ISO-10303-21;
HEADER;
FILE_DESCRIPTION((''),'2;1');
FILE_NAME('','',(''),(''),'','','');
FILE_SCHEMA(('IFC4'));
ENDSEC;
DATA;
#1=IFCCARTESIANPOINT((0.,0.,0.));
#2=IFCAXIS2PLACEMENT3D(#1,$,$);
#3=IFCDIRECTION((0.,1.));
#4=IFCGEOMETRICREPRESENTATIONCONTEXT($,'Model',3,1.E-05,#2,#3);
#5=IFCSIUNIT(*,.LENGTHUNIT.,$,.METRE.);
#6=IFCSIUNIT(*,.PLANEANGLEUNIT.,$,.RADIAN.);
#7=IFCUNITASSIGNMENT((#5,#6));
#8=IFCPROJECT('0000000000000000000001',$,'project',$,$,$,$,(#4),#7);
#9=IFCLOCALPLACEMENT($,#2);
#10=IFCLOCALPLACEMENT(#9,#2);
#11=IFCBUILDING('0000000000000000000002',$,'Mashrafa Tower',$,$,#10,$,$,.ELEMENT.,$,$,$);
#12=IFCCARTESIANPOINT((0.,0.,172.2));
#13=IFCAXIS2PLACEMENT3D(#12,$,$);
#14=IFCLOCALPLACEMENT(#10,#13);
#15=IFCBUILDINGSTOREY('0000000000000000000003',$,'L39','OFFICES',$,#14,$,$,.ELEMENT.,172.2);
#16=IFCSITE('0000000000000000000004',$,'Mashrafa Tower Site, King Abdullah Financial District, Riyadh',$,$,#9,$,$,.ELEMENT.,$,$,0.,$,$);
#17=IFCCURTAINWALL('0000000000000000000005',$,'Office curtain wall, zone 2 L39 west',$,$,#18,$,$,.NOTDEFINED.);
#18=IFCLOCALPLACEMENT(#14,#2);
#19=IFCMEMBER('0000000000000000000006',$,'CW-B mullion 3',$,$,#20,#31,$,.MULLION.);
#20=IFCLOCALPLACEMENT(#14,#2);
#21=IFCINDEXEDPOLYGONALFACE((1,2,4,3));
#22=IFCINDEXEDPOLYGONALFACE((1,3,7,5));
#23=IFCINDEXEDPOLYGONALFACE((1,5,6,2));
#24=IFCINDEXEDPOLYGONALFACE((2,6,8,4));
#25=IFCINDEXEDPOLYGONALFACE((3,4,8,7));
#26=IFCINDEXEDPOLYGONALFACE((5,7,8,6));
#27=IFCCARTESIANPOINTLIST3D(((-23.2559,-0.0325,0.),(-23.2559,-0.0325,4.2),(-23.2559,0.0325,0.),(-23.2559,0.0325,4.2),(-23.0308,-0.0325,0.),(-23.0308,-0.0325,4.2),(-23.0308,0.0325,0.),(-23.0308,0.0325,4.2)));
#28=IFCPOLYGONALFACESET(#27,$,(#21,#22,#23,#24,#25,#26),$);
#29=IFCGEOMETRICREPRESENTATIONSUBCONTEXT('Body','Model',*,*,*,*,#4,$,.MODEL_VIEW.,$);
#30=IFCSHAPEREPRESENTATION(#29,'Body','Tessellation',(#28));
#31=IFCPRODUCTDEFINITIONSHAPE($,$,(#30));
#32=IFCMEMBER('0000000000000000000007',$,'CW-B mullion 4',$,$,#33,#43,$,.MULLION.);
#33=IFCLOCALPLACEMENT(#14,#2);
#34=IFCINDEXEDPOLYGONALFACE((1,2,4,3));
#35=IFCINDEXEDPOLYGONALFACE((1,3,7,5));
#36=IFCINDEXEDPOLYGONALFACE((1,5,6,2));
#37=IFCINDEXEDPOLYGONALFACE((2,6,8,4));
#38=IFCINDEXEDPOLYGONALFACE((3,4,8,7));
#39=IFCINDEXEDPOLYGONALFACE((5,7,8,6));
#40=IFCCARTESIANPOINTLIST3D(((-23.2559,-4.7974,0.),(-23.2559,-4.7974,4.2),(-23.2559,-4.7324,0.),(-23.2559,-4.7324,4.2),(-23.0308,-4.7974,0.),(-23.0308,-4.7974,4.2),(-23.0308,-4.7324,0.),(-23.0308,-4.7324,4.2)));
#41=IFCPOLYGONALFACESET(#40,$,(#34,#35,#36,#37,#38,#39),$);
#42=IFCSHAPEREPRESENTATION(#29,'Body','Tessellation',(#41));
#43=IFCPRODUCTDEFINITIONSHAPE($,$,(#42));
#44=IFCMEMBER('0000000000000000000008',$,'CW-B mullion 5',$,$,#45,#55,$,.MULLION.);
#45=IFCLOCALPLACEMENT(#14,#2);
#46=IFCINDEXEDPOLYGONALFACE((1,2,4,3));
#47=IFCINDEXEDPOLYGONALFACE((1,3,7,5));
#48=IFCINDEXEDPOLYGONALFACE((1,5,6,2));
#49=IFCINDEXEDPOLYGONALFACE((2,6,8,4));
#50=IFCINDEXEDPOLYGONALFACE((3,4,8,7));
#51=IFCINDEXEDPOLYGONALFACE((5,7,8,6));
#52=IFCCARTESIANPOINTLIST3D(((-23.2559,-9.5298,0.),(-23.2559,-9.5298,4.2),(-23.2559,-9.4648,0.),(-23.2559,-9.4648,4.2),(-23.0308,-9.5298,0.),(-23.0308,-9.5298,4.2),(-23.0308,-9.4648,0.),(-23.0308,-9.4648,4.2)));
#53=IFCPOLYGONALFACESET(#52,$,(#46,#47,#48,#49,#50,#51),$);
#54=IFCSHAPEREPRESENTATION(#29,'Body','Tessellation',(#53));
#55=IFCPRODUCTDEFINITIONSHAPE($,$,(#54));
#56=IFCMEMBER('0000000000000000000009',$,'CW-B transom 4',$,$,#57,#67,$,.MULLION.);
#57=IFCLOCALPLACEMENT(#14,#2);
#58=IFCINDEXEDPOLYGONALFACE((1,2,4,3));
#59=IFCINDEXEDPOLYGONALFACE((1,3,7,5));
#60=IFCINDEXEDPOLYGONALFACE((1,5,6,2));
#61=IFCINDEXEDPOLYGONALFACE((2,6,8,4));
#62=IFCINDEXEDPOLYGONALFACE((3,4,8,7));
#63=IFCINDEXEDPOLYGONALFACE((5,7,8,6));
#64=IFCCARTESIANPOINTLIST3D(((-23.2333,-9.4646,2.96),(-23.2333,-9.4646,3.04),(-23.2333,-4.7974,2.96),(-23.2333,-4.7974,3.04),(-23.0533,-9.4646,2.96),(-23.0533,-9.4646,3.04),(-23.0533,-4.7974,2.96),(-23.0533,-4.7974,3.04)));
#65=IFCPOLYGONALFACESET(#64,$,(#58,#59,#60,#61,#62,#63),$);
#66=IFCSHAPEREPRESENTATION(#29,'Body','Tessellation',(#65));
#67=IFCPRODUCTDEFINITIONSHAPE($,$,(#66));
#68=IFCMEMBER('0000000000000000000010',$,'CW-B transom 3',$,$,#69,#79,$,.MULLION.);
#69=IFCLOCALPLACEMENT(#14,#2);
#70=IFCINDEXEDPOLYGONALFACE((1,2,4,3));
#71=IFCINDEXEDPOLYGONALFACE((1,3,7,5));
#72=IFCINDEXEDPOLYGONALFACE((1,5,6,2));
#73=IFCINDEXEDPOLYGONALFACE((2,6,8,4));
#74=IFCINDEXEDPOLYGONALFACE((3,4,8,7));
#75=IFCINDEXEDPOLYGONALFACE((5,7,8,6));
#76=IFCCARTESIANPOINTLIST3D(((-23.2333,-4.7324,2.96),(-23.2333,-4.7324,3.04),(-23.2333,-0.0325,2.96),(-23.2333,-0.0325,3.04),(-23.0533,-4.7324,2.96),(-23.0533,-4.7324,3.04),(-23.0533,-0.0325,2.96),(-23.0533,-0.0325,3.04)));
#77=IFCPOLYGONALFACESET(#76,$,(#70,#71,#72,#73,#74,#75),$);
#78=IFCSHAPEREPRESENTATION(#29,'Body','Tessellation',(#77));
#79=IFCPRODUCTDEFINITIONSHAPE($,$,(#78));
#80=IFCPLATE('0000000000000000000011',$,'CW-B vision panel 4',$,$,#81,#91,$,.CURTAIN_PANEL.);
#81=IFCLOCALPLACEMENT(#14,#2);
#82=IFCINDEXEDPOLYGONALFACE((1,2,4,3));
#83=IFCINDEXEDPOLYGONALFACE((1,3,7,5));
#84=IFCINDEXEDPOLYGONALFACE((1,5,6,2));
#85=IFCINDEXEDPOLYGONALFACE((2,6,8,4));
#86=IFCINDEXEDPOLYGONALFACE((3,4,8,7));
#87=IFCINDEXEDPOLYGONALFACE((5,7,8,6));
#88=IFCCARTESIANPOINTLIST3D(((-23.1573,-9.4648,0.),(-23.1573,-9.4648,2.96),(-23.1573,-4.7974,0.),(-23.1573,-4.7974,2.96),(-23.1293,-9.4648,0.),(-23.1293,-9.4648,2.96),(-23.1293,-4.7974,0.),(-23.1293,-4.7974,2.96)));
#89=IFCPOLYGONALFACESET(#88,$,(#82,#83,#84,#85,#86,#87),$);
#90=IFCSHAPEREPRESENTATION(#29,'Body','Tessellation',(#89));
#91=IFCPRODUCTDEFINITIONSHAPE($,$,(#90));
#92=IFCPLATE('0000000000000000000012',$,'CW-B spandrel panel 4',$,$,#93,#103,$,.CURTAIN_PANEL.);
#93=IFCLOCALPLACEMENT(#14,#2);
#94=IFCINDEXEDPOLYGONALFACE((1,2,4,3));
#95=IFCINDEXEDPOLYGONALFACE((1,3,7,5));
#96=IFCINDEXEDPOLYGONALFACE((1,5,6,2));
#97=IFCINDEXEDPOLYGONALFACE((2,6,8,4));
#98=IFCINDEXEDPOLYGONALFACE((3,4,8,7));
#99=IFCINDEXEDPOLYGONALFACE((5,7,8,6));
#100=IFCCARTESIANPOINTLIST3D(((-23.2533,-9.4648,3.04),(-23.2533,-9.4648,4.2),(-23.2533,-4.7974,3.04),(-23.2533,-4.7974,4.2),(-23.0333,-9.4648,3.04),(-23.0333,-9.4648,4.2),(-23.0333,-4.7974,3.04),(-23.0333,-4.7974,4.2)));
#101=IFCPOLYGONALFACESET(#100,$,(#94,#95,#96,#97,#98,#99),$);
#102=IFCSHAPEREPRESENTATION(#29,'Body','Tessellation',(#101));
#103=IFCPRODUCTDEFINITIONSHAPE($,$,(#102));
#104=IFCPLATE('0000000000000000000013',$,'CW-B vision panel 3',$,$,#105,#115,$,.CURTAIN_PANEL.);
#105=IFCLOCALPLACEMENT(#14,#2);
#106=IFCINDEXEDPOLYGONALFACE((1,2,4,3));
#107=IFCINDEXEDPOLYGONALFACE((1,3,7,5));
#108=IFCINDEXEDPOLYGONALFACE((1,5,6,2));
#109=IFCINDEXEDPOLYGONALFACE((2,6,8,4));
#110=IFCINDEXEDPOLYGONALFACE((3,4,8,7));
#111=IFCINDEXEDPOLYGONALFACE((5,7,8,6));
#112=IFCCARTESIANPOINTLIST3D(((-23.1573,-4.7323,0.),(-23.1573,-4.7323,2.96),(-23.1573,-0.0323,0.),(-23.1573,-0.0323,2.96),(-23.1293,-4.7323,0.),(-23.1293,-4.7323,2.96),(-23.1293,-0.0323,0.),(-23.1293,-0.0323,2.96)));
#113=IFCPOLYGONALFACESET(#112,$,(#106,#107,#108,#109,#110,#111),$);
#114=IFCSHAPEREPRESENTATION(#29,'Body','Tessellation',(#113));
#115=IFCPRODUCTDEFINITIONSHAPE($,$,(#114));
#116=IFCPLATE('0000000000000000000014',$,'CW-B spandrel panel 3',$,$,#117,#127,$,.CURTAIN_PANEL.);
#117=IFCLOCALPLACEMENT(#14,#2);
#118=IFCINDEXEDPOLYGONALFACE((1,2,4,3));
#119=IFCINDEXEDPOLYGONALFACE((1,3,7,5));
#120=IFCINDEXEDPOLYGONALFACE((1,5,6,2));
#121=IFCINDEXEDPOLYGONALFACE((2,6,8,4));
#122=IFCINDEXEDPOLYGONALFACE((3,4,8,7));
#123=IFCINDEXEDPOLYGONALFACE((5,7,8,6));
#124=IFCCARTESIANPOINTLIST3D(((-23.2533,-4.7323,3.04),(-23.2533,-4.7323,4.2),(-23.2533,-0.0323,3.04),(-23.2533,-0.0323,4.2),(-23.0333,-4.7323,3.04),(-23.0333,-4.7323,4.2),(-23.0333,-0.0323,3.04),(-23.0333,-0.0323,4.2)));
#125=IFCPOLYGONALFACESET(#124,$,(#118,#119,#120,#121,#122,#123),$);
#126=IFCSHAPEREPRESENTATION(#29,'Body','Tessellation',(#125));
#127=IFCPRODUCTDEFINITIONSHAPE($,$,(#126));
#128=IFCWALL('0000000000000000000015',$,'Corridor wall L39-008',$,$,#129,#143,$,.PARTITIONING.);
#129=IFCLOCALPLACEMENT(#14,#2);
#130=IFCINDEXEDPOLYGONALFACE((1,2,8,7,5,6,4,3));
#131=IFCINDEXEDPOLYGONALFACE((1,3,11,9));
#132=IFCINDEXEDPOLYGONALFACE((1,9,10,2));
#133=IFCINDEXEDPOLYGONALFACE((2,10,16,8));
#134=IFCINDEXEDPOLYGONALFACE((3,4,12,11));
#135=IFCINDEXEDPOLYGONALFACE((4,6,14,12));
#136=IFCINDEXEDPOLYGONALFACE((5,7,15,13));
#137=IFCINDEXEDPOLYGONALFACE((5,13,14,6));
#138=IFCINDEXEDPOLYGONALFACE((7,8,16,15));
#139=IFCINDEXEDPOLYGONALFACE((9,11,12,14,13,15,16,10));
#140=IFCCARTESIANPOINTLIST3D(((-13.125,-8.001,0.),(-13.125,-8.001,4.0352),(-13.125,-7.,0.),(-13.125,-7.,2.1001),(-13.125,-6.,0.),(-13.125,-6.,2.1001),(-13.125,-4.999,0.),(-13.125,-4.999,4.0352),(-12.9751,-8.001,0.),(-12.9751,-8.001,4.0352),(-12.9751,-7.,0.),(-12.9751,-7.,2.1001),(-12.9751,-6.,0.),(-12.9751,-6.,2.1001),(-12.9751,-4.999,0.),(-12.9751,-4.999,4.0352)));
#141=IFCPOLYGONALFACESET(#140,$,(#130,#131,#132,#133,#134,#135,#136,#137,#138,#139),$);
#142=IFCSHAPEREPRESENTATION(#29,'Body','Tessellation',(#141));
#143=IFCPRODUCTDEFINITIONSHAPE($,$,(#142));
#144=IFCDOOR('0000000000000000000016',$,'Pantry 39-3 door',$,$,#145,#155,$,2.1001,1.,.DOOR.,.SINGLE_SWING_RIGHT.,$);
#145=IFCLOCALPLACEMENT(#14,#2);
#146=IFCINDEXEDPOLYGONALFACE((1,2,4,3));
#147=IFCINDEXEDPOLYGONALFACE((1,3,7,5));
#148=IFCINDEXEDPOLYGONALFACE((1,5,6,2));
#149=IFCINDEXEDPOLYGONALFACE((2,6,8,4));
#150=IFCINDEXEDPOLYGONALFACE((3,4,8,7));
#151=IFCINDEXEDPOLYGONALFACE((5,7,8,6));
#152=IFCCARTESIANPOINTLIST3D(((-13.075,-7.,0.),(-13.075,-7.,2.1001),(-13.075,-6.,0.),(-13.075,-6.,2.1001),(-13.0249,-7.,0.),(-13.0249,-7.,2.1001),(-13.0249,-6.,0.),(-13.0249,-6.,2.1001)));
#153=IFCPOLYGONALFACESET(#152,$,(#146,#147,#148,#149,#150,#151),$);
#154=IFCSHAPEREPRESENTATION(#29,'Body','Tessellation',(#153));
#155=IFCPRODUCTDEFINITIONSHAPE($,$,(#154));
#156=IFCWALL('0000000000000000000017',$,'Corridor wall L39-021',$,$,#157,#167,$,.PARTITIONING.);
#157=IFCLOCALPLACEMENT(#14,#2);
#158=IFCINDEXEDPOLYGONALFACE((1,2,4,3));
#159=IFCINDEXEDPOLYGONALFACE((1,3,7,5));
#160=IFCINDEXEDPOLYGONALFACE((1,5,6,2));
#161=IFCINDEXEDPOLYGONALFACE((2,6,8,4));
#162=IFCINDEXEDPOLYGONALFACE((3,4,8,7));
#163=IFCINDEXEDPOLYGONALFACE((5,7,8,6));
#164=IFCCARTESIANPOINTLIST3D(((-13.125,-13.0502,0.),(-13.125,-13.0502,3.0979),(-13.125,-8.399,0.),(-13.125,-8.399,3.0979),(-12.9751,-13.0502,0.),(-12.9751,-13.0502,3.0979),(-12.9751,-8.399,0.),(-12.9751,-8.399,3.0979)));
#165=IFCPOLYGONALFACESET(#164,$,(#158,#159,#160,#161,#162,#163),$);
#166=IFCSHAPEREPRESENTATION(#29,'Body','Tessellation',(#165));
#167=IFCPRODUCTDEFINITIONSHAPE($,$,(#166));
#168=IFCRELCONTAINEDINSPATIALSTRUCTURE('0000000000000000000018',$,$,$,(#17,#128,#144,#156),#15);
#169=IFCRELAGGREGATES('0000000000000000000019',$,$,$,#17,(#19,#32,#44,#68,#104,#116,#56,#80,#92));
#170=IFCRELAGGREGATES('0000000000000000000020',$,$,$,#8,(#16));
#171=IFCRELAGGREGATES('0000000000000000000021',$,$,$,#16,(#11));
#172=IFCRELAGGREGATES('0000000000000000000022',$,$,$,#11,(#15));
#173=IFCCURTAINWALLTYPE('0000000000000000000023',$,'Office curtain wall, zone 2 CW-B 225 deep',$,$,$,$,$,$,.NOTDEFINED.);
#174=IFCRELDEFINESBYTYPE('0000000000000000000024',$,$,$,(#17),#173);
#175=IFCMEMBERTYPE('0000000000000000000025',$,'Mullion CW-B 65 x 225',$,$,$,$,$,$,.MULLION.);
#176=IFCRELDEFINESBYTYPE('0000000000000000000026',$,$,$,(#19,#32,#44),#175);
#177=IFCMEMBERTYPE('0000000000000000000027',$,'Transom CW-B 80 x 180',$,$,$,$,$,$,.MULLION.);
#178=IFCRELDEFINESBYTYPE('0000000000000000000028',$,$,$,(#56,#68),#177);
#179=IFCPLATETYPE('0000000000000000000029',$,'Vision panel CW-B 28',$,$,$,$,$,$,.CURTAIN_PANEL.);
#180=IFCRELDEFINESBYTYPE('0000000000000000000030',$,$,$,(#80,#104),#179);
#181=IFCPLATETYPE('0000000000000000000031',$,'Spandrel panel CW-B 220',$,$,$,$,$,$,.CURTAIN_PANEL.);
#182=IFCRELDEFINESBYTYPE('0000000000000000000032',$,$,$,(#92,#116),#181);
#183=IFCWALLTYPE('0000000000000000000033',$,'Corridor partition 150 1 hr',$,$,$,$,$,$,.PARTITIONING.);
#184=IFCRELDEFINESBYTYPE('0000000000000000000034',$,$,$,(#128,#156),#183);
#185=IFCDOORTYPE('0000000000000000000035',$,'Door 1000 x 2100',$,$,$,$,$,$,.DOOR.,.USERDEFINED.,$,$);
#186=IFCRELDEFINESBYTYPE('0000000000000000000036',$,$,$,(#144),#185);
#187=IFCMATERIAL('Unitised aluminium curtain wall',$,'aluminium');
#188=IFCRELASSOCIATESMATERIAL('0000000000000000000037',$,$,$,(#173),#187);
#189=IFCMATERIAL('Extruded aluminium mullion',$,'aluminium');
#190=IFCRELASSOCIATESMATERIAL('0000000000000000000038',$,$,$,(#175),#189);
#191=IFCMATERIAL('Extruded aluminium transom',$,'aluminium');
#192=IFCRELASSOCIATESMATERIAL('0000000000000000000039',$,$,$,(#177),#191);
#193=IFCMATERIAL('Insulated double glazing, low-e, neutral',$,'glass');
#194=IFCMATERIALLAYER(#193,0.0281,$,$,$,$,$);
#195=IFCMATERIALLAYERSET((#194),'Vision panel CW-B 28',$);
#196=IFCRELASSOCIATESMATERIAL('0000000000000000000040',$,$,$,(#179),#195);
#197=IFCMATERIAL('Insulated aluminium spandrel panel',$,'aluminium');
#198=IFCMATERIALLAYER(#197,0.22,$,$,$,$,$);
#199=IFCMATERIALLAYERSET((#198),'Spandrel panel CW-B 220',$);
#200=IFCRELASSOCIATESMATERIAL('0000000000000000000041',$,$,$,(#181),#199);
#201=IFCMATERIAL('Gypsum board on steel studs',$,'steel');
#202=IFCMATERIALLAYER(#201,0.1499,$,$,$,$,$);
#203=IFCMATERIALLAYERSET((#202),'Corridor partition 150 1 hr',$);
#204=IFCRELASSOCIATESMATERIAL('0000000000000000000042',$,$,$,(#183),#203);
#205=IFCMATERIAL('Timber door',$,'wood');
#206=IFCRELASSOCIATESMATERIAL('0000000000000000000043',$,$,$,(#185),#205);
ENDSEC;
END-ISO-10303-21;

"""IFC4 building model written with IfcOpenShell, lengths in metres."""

from ifc_helpers import new_model, si_unit, direction, frame, frame_2d, origin, origin_2d, place, context, subcontext, project, spatial, rectangle, extrude, source, transform, mapped, material, layer, layer_set, material_profile, profile_set, type_object, type_shapes, element, fill, aggregate, save


model = new_model("IFC4")

# Units and contexts
model_context = context("Model", 3, precision=1e-05, world=origin(), true_north=direction((0.0, 1.0)))
body_context = subcontext(model_context, "Body", "Model", "MODEL_VIEW")
ifc_project = project(units=[si_unit("LENGTHUNIT", "METRE"), si_unit("PLANEANGLEUNIT", "RADIAN")], contexts=[model_context])

# Site, building, storey
site_placement = place(None, origin())
site = spatial("IfcSite", under=ifc_project, at=site_placement, Name="Mashrafa Tower Site, King Abdullah Financial District, Riyadh", CompositionType="ELEMENT", RefElevation=0.0)
building_placement = place(site_placement, origin())
building = spatial("IfcBuilding", under=site, at=building_placement, Name="Mashrafa Tower", CompositionType="ELEMENT")
storey_placement = place(building_placement, frame((0.0, 0.0, 172.2)))
storey = spatial("IfcBuildingStorey", under=building, at=storey_placement, Name="L39", Description="OFFICES", CompositionType="ELEMENT", Elevation=172.2)

# Curtain wall, members, plates
ifc_material_1 = material(Name="Unitised aluminium curtain wall", Category="aluminium")
curtain_wall_type = type_object("IfcCurtainWallType", Name="Office curtain wall, zone 2 CW-B 225 deep", PredefinedType="NOTDEFINED", material=ifc_material_1)
curtain_wall_placement = place(storey_placement, origin())
curtain_wall = element("IfcCurtainWall", 1, at=curtain_wall_placement, inside=storey, type_object=curtain_wall_type, Name="Office curtain wall, zone 2 L39 west", PredefinedType="NOTDEFINED")
ifc_material_2 = material(Name="Extruded aluminium mullion", Category="aluminium")
ifc_material_profile_1 = material_profile(ifc_material_2, rectangle(XDim=0.2251, YDim=0.0649, at=origin_2d()), Name="Mullion 65x225")
ifc_profile_set_1 = profile_set([ifc_material_profile_1], Name="Extruded aluminium mullion")
member_type_1 = type_object("IfcMemberType", Name="Mullion CW-B 65 x 225", PredefinedType="MULLION", material=ifc_profile_set_1)
shared_shape_1 = source(origin(), body_context, "Body", "SweptSolid", [
    extrude(rectangle(XDim=0.2251, YDim=0.0649, at=origin_2d()), origin(), (0.0, 0.0, 1.0), 4.2),
])
type_shapes(member_type_1, [shared_shape_1])
member_1_placement = place(storey_placement, frame((-23.1433, 0.0, 0.0), z_axis=(0.0, 0.0, 1.0), x_axis=(1.0, 0.0, 0.0)))
member_1 = element("IfcMember", 2, at=member_1_placement, type_object=member_type_1, Name="CW-B mullion 3", PredefinedType="MULLION", context=body_context, shape_type="MappedRepresentation", body=[
    mapped(shared_shape_1, transform((0.0, 0.0, 0.0))),
])
member_2_placement = place(storey_placement, frame((-23.1433, -4.7649, 0.0), z_axis=(0.0, 0.0, 1.0), x_axis=(1.0, 0.0, 0.0)))
member_2 = element("IfcMember", 3, at=member_2_placement, type_object=member_type_1, Name="CW-B mullion 4", PredefinedType="MULLION", context=body_context, shape_type="MappedRepresentation", body=[
    mapped(shared_shape_1, transform((0.0, 0.0, 0.0))),
])
member_3_placement = place(storey_placement, frame((-23.1433, -9.4973, 0.0), z_axis=(0.0, 0.0, 1.0), x_axis=(1.0, 0.0, 0.0)))
member_3 = element("IfcMember", 4, at=member_3_placement, type_object=member_type_1, Name="CW-B mullion 5", PredefinedType="MULLION", context=body_context, shape_type="MappedRepresentation", body=[
    mapped(shared_shape_1, transform((0.0, 0.0, 0.0))),
])
ifc_material_3 = material(Name="Extruded aluminium transom", Category="aluminium")
ifc_material_profile_2 = material_profile(ifc_material_3, rectangle(XDim=0.1799, YDim=0.0801, at=origin_2d()), Name="Transom 80x180")
ifc_profile_set_2 = profile_set([ifc_material_profile_2], Name="Extruded aluminium transom")
member_type_2 = type_object("IfcMemberType", Name="Transom CW-B 80 x 180", PredefinedType="MULLION", material=ifc_profile_set_2)
shared_shape_2 = source(origin(), body_context, "Body", "SweptSolid", [
    extrude(rectangle(XDim=0.1799, YDim=0.0801, at=origin_2d()), origin(), (0.0, 0.0, 1.0), 4.6672),
])
member_4_placement = place(storey_placement, frame((-23.1433, -4.7974, 3.0), z_axis=(0.0, -1.0, 0.0), x_axis=(1.0, 0.0, 0.0)))
member_4 = element("IfcMember", 5, at=member_4_placement, type_object=member_type_2, Name="CW-B transom 4", PredefinedType="MULLION", context=body_context, shape_type="MappedRepresentation", body=[
    mapped(shared_shape_2, transform((0.0, 0.0, 0.0))),
])
shared_shape_3 = source(origin(), body_context, "Body", "SweptSolid", [
    extrude(rectangle(XDim=0.1799, YDim=0.0801, at=origin_2d()), origin(), (0.0, 0.0, 1.0), 4.7),
])
type_shapes(member_type_2, [shared_shape_2, shared_shape_3])
member_5_placement = place(storey_placement, frame((-23.1433, -0.0325, 3.0), z_axis=(0.0, -1.0, 0.0), x_axis=(1.0, 0.0, 0.0)))
member_5 = element("IfcMember", 6, at=member_5_placement, type_object=member_type_2, Name="CW-B transom 3", PredefinedType="MULLION", context=body_context, shape_type="MappedRepresentation", body=[
    mapped(shared_shape_3, transform((0.0, 0.0, 0.0))),
])
ifc_material_4 = material(Name="Insulated double glazing, low-e, neutral", Category="glass")
ifc_layer_1 = layer(ifc_material_4, 0.0281)
ifc_layer_set_1 = layer_set([ifc_layer_1], Name="Vision panel CW-B 28")
plate_type_1 = type_object("IfcPlateType", Name="Vision panel CW-B 28", PredefinedType="CURTAIN_PANEL", material=ifc_layer_set_1)
shared_shape_4 = source(origin(), body_context, "Body", "SweptSolid", [
    extrude(rectangle(XDim=4.6675, YDim=0.0281, at=origin_2d()), origin(), (0.0, 0.0, 1.0), 2.96),
])
plate_1_placement = place(storey_placement, frame((-23.1433, -7.1311, 0.0), z_axis=(0.0, 0.0, 1.0), x_axis=(0.0, -1.0, 0.0)))
plate_1 = element("IfcPlate", 7, at=plate_1_placement, type_object=plate_type_1, Name="CW-B vision panel 4", PredefinedType="CURTAIN_PANEL", context=body_context, shape_type="MappedRepresentation", body=[
    mapped(shared_shape_4, transform((0.0, 0.0, 0.0))),
])
ifc_material_5 = material(Name="Insulated aluminium spandrel panel", Category="aluminium")
ifc_layer_2 = layer(ifc_material_5, 0.22)
ifc_layer_set_2 = layer_set([ifc_layer_2], Name="Spandrel panel CW-B 220")
plate_type_2 = type_object("IfcPlateType", Name="Spandrel panel CW-B 220", PredefinedType="CURTAIN_PANEL", material=ifc_layer_set_2)
shared_shape_5 = source(origin(), body_context, "Body", "SweptSolid", [
    extrude(rectangle(XDim=4.6675, YDim=0.22, at=origin_2d()), origin(), (0.0, 0.0, 1.0), 1.1599),
])
plate_2_placement = place(storey_placement, frame((-23.1433, -7.1311, 3.04), z_axis=(0.0, 0.0, 1.0), x_axis=(0.0, -1.0, 0.0)))
plate_2 = element("IfcPlate", 8, at=plate_2_placement, type_object=plate_type_2, Name="CW-B spandrel panel 4", PredefinedType="CURTAIN_PANEL", context=body_context, shape_type="MappedRepresentation", body=[
    mapped(shared_shape_5, transform((0.0, 0.0, 0.0))),
])
shared_shape_6 = source(origin(), body_context, "Body", "SweptSolid", [
    extrude(rectangle(XDim=4.7, YDim=0.0281, at=origin_2d()), origin(), (0.0, 0.0, 1.0), 2.96),
])
type_shapes(plate_type_1, [shared_shape_4, shared_shape_6])
plate_3_placement = place(storey_placement, frame((-23.1433, -2.3823, 0.0), z_axis=(0.0, 0.0, 1.0), x_axis=(0.0, -1.0, 0.0)))
plate_3 = element("IfcPlate", 9, at=plate_3_placement, type_object=plate_type_1, Name="CW-B vision panel 3", PredefinedType="CURTAIN_PANEL", context=body_context, shape_type="MappedRepresentation", body=[
    mapped(shared_shape_6, transform((0.0, 0.0, 0.0))),
])
shared_shape_7 = source(origin(), body_context, "Body", "SweptSolid", [
    extrude(rectangle(XDim=4.7, YDim=0.22, at=origin_2d()), origin(), (0.0, 0.0, 1.0), 1.1599),
])
type_shapes(plate_type_2, [shared_shape_5, shared_shape_7])
plate_4_placement = place(storey_placement, frame((-23.1433, -2.3823, 3.04), z_axis=(0.0, 0.0, 1.0), x_axis=(0.0, -1.0, 0.0)))
plate_4 = element("IfcPlate", 10, at=plate_4_placement, type_object=plate_type_2, Name="CW-B spandrel panel 3", PredefinedType="CURTAIN_PANEL", context=body_context, shape_type="MappedRepresentation", body=[
    mapped(shared_shape_7, transform((0.0, 0.0, 0.0))),
])
aggregate(curtain_wall, [member_1, member_2, member_3, member_5, plate_3, plate_4, member_4, plate_1, plate_2])

# Wall, opening, door
ifc_material_6 = material(Name="Gypsum board on steel studs", Category="steel")
ifc_layer_3 = layer(ifc_material_6, 0.1499)
ifc_layer_set_3 = layer_set([ifc_layer_3], Name="Corridor partition 150 1 hr")
wall_type_1 = type_object("IfcWallType", Name="Corridor partition 150 1 hr", PredefinedType="PARTITIONING", material=ifc_layer_set_3)
wall_1_placement = place(storey_placement, frame((-13.05, -4.999, 0.0), z_axis=(0.0, 0.0, 1.0), x_axis=(0.0, -1.0, 0.0)))
wall_1 = element("IfcWall", 11, at=wall_1_placement, inside=storey, type_object=wall_type_1, Name="Corridor wall L39-008", PredefinedType="PARTITIONING", context=body_context, shape_type="SweptSolid", body=[
    extrude(rectangle(XDim=3.002, YDim=0.1499, at=frame_2d((1.501, 0.0))), origin(), (0.0, 0.0, 1.0), 4.0352),
])
opening_1_placement = place(wall_1_placement, frame((1.001, 0.0, 0.0)))
opening_1 = element("IfcOpeningElement", 12, at=opening_1_placement, cuts=wall_1, PredefinedType="OPENING", context=body_context, shape_type="SweptSolid", body=[
    extrude(rectangle(XDim=1.0, YDim=2.1001, at=frame_2d((0.5, 1.05))), frame((0.0, 0.085, 0.0), z_axis=(0.0, -1.0, 0.0), x_axis=(1.0, 0.0, 0.0)), (0.0, 0.0, 1.0), 0.1699),
])
ifc_material_7 = material(Name="Timber door", Category="wood")
door_type_1 = type_object("IfcDoorType", Name="Door 1000 x 2100", OperationType="USERDEFINED", PredefinedType="DOOR", material=ifc_material_7)
door_1_placement = place(opening_1_placement, frame((1.0, 0.0, 0.0), z_axis=(0.0, 0.0, 1.0), x_axis=(-1.0, 0.0, 0.0)))
door_1 = element("IfcDoor", 13, at=door_1_placement, inside=storey, type_object=door_type_1, Name="Pantry 39-3 door", OperationType="SINGLE_SWING_RIGHT", OverallHeight=2.1001, OverallWidth=1.0, PredefinedType="DOOR", context=body_context, shape_type="SweptSolid", body=[
    extrude(rectangle(XDim=1.0, YDim=2.1001, at=frame_2d((0.5, 1.05))), frame((0.0, 0.0249, 0.0), z_axis=(0.0, -1.0, 0.0), x_axis=(1.0, 0.0, 0.0)), (0.0, 0.0, 1.0), 0.05),
])
fill(opening_1, door_1)

# Wall
wall_2_placement = place(storey_placement, frame((-13.05, -8.3989, 0.0), z_axis=(0.0, 0.0, 1.0), x_axis=(0.0, -1.0, 0.0)))
element("IfcWall", 14, at=wall_2_placement, inside=storey, type_object=wall_type_1, Name="Corridor wall L39-021", PredefinedType="PARTITIONING", context=body_context, shape_type="SweptSolid", body=[
    extrude(rectangle(XDim=4.6511, YDim=0.1499, at=frame_2d((2.3257, 0.0))), origin(), (0.0, 0.0, 1.0), 3.0979),
])

save(model, "model.ifc")
